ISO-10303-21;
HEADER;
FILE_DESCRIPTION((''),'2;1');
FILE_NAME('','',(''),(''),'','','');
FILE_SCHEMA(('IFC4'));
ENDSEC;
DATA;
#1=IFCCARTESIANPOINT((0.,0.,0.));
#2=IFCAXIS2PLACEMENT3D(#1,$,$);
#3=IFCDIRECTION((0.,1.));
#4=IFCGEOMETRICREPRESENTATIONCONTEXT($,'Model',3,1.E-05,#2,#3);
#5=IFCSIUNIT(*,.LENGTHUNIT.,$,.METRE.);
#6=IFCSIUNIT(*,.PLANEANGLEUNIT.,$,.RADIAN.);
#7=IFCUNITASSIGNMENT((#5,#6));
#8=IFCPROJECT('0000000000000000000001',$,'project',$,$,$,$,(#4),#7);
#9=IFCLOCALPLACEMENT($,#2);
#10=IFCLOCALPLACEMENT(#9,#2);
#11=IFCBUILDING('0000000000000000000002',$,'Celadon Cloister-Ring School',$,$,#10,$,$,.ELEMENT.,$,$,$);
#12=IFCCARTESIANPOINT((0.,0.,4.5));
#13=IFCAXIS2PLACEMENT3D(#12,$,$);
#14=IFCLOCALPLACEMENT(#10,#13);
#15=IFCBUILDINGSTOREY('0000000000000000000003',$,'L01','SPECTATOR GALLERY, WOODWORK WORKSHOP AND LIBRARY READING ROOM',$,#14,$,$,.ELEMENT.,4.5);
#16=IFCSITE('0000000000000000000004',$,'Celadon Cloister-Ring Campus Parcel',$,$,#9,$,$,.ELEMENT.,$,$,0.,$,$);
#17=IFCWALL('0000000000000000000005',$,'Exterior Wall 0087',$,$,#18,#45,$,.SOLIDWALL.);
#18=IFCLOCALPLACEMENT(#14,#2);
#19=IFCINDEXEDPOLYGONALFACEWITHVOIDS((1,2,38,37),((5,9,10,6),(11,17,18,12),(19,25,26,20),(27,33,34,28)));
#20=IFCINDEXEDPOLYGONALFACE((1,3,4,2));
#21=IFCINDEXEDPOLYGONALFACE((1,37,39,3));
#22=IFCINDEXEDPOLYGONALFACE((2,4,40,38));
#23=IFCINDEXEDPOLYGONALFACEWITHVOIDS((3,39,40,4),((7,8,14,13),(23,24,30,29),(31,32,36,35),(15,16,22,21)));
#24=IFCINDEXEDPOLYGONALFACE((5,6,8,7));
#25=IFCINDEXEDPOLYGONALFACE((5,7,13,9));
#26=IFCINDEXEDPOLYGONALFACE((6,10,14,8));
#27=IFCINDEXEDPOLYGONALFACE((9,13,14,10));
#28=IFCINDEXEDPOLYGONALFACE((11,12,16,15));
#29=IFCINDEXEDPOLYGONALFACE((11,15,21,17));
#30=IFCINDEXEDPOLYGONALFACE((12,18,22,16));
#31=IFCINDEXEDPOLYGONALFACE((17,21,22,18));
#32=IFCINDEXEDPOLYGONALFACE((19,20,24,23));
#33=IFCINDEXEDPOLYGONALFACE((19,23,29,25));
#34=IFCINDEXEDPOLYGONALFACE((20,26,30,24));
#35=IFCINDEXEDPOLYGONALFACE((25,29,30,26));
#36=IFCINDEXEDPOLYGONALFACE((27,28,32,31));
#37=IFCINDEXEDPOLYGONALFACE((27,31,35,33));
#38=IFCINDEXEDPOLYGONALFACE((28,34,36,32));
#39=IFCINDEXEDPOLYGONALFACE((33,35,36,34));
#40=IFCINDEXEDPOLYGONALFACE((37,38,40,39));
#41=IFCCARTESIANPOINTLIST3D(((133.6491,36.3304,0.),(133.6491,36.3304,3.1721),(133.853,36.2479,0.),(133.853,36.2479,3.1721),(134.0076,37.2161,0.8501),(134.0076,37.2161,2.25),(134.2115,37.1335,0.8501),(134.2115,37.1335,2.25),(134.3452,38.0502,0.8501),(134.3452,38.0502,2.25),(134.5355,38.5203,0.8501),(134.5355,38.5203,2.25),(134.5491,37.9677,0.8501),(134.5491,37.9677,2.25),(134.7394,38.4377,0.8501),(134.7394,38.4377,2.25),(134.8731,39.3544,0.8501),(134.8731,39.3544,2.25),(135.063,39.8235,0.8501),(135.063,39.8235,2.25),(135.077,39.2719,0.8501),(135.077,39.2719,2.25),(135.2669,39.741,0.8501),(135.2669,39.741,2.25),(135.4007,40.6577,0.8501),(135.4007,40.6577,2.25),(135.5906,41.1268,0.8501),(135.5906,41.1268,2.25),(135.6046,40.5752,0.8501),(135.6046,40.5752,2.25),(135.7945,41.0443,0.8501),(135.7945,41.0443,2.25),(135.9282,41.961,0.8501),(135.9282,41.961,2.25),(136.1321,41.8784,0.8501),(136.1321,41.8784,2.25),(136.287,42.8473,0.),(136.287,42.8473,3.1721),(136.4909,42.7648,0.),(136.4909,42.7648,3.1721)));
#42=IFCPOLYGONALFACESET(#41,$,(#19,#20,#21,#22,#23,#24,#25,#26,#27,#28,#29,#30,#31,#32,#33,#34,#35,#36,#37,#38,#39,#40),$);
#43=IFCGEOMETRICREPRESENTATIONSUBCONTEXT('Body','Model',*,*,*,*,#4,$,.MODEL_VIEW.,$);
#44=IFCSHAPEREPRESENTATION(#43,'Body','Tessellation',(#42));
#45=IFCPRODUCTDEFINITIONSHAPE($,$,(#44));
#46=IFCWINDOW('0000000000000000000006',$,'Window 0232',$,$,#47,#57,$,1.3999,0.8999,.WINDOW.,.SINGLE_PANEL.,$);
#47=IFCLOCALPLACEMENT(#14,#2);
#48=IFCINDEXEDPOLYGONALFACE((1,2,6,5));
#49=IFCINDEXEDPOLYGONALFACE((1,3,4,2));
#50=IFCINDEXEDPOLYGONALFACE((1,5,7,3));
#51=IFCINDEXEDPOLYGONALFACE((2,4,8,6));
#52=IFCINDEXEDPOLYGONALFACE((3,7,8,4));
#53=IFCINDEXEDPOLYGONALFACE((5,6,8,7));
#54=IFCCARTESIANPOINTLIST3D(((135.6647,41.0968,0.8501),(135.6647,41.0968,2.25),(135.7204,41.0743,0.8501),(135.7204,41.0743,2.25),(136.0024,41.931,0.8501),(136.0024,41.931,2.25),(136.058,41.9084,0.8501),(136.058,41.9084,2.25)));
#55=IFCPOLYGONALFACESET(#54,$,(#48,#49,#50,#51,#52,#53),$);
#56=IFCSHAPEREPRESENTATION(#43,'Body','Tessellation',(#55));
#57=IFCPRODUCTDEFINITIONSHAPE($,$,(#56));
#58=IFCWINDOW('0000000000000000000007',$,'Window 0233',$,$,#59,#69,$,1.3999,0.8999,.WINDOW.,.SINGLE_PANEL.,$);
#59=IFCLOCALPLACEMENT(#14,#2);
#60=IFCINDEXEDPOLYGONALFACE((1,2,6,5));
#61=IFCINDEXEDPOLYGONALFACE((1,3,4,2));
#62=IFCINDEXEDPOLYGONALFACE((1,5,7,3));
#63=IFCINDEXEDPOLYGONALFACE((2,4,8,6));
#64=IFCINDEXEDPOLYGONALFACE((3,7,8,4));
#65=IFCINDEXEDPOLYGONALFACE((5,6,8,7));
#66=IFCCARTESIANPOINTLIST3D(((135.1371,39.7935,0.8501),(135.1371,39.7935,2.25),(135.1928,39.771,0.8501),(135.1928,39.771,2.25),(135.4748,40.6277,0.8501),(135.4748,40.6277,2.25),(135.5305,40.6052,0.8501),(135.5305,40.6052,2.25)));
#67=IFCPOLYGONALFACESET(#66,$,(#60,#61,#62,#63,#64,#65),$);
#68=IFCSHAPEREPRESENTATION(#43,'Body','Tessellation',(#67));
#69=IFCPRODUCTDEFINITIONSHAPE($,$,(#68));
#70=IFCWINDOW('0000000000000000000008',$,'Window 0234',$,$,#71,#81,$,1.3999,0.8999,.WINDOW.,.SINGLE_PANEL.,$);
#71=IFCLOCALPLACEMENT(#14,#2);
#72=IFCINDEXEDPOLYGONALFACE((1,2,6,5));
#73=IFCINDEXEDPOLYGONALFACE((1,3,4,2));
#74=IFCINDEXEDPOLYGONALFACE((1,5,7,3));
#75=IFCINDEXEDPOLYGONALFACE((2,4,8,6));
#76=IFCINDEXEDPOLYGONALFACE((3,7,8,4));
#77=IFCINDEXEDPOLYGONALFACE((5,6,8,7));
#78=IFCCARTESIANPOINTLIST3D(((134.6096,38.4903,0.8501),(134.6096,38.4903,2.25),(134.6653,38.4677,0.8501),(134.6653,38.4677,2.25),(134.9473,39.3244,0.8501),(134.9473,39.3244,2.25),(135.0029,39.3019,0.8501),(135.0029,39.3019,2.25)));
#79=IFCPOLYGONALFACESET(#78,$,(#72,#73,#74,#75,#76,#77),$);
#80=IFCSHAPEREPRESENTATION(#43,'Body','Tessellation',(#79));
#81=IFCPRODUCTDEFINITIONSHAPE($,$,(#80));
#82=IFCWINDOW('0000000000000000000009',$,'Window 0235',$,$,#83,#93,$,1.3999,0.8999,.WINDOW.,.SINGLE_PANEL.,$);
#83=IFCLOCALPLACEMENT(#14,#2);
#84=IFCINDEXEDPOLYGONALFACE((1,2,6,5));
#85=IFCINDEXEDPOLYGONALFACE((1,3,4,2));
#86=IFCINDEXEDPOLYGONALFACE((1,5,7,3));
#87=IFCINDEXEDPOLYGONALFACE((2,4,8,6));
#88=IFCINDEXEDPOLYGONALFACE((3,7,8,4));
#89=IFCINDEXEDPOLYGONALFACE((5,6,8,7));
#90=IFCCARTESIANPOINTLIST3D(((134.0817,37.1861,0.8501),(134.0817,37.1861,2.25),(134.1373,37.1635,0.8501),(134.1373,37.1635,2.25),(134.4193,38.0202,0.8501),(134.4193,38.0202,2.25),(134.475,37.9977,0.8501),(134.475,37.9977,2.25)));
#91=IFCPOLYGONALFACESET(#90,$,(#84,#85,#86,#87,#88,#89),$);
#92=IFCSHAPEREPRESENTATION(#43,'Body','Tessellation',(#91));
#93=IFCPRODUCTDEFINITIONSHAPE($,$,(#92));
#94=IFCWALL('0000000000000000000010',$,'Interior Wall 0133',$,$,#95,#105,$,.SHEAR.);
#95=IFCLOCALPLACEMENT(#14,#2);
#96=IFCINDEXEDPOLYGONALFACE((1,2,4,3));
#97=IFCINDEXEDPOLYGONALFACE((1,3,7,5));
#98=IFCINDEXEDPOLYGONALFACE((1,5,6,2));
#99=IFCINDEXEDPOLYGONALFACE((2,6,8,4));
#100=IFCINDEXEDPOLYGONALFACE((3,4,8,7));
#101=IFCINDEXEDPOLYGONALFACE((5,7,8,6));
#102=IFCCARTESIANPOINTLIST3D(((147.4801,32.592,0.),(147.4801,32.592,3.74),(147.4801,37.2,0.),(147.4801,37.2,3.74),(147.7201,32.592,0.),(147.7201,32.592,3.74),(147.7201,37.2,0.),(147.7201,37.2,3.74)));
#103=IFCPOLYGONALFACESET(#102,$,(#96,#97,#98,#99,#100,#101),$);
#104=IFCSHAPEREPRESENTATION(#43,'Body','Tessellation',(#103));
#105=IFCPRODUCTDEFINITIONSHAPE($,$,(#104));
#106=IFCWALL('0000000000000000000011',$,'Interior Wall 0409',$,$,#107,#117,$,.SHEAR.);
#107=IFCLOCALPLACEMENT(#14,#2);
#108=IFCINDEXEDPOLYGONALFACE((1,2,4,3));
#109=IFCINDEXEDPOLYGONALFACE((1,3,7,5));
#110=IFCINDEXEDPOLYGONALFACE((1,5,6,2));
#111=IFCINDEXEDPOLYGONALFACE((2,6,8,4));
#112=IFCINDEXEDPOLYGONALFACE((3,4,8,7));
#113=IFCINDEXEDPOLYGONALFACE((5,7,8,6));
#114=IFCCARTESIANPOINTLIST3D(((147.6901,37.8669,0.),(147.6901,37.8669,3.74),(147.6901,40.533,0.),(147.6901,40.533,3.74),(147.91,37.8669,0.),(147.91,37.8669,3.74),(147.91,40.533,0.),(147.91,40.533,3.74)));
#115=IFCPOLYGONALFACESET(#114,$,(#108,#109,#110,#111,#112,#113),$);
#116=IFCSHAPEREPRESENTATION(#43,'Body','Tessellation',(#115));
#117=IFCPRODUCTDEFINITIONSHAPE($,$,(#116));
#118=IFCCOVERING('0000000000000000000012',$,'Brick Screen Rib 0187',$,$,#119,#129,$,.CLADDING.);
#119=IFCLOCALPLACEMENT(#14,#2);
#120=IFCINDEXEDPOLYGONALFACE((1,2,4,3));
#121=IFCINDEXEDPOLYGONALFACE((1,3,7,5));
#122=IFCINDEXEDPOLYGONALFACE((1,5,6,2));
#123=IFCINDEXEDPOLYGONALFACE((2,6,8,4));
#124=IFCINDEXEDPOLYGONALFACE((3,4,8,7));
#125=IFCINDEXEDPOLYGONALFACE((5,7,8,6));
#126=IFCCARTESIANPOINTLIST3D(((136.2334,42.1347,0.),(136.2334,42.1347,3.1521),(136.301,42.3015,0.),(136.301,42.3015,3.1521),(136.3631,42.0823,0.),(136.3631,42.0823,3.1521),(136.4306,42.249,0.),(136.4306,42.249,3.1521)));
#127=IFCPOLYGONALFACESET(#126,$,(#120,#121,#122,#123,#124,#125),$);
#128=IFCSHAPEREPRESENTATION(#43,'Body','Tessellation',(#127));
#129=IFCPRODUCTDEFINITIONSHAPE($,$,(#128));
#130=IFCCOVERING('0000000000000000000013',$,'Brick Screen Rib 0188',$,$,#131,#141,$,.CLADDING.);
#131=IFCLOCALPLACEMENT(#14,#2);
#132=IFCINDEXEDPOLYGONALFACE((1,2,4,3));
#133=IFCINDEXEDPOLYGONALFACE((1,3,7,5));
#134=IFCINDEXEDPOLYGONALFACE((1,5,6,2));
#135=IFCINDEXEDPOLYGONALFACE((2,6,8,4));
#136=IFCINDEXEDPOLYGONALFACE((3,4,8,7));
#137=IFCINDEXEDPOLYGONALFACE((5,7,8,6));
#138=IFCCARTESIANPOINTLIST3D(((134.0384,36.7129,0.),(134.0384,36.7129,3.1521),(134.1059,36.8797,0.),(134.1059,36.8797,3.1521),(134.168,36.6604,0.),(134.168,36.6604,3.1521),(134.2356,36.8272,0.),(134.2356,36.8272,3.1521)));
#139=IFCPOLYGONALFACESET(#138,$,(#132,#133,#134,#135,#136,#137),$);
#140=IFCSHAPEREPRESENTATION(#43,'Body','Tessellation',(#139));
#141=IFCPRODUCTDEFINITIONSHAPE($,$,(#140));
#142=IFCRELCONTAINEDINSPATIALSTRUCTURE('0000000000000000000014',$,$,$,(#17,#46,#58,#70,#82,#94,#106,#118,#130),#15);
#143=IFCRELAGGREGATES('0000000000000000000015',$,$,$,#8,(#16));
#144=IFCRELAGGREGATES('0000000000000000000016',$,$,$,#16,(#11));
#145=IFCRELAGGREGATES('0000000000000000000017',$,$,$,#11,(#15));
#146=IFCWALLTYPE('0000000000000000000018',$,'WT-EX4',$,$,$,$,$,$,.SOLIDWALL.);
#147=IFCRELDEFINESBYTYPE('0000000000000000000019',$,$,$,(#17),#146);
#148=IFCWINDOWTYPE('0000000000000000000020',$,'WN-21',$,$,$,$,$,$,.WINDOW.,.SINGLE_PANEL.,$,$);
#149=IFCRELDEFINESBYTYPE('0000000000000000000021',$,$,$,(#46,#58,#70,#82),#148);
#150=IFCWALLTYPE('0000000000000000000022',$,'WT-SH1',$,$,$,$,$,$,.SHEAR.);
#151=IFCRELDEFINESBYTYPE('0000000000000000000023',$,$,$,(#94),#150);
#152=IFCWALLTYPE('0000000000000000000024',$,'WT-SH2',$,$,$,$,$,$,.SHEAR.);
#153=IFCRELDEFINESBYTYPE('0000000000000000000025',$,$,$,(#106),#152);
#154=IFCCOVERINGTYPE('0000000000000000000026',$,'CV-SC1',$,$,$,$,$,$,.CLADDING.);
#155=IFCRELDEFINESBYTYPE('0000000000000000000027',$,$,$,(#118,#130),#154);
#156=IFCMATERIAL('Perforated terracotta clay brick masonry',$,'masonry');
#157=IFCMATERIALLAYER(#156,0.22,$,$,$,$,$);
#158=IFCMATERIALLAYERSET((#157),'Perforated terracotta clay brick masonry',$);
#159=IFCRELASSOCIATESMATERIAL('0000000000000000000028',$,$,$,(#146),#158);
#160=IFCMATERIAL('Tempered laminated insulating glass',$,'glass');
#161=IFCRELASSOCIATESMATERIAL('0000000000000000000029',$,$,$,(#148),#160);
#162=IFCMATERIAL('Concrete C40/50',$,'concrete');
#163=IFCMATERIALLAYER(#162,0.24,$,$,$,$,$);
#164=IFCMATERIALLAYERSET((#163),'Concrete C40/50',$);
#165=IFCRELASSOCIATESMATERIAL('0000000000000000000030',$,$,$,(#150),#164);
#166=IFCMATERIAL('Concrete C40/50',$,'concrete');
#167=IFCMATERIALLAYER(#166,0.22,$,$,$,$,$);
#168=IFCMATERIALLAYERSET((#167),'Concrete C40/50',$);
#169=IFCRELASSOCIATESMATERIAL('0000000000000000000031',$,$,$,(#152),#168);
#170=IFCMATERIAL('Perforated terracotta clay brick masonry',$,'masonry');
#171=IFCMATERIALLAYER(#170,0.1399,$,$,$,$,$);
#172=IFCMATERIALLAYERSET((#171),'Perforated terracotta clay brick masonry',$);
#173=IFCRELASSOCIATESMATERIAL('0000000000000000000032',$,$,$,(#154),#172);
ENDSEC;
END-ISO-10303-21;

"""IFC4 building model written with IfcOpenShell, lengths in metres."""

from ifc_helpers import new_model, si_unit, direction, frame, frame_2d, origin, origin_2d, place, context, subcontext, project, spatial, rectangle, extrude, material, layer, layer_set, type_object, element, fill, save


model = new_model("IFC4")

# Units and contexts
model_context = context("Model", 3, precision=1e-05, world=origin(), true_north=direction((0.0, 1.0)))
body_context = subcontext(model_context, "Body", "Model", "MODEL_VIEW")
ifc_project = project(units=[si_unit("LENGTHUNIT", "METRE"), si_unit("PLANEANGLEUNIT", "RADIAN")], contexts=[model_context])

# Site, building, storey
site_placement = place(None, origin())
site = spatial("IfcSite", under=ifc_project, at=site_placement, Name="Celadon Cloister-Ring Campus Parcel", CompositionType="ELEMENT", RefElevation=0.0)
building_placement = place(site_placement, origin())
building = spatial("IfcBuilding", under=site, at=building_placement, Name="Celadon Cloister-Ring School", CompositionType="ELEMENT")
storey_placement = place(building_placement, frame((0.0, 0.0, 4.5)))
storey = spatial("IfcBuildingStorey", under=building, at=storey_placement, Name="L01", Description="SPECTATOR GALLERY, WOODWORK WORKSHOP AND LIBRARY READING ROOM", CompositionType="ELEMENT", Elevation=4.5)

# Wall, openings, windows
ifc_material_1 = material(Name="Perforated terracotta clay brick masonry", Category="masonry")
ifc_layer_1 = layer(ifc_material_1, 0.22)
ifc_layer_set_1 = layer_set([ifc_layer_1], Name="Perforated terracotta clay brick masonry")
wall_type_1 = type_object("IfcWallType", Name="WT-EX4", PredefinedType="SOLIDWALL", material=ifc_layer_set_1)
wall_1_placement = place(storey_placement, frame((136.3889, 42.8059, 0.0), z_axis=(0.0, 0.0, 1.0), x_axis=(-0.375213, -0.926938, 0.0)))
wall_1 = element("IfcWall", 1, at=wall_1_placement, inside=storey, type_object=wall_type_1, Name="Exterior Wall 0087", PredefinedType="SOLIDWALL", context=body_context, shape_type="SweptSolid", body=[
    extrude(rectangle(XDim=7.0305, YDim=0.22, at=frame_2d((3.5151, 0.0))), origin(), (0.0, 0.0, 1.0), 3.1721),
])
opening_1_placement = place(wall_1_placement, frame((0.9561, 0.0, 0.8501)))
opening_1 = element("IfcOpeningElement", 2, at=opening_1_placement, cuts=wall_1, PredefinedType="OPENING", context=body_context, shape_type="SweptSolid", body=[
    extrude(rectangle(XDim=0.8999, YDim=1.3999, at=frame_2d((0.45, 0.7))), frame((0.0, 0.1201, 0.0), z_axis=(0.0, -1.0, 0.0), x_axis=(1.0, 0.0, 0.0)), (0.0, 0.0, 1.0), 0.24),
])
opening_2_placement = place(wall_1_placement, frame((2.3621, 0.0, 0.8501)))
opening_2 = element("IfcOpeningElement", 3, at=opening_2_placement, cuts=wall_1, PredefinedType="OPENING", context=body_context, shape_type="SweptSolid", body=[
    extrude(rectangle(XDim=0.8999, YDim=1.3999, at=frame_2d((0.45, 0.7))), frame((0.0, 0.1201, 0.0), z_axis=(0.0, -1.0, 0.0), x_axis=(1.0, 0.0, 0.0)), (0.0, 0.0, 1.0), 0.24),
])
opening_3_placement = place(wall_1_placement, frame((3.7681, 0.0, 0.8501)))
opening_3 = element("IfcOpeningElement", 4, at=opening_3_placement, cuts=wall_1, PredefinedType="OPENING", context=body_context, shape_type="SweptSolid", body=[
    extrude(rectangle(XDim=0.8999, YDim=1.3999, at=frame_2d((0.45, 0.7))), frame((0.0, 0.1201, 0.0), z_axis=(0.0, -1.0, 0.0), x_axis=(1.0, 0.0, 0.0)), (0.0, 0.0, 1.0), 0.24),
])
opening_4_placement = place(wall_1_placement, frame((5.175, 0.0, 0.8501)))
opening_4 = element("IfcOpeningElement", 5, at=opening_4_placement, cuts=wall_1, PredefinedType="OPENING", context=body_context, shape_type="SweptSolid", body=[
    extrude(rectangle(XDim=0.8999, YDim=1.3999, at=frame_2d((0.45, 0.7))), frame((0.0, 0.1201, 0.0), z_axis=(0.0, -1.0, 0.0), x_axis=(1.0, 0.0, 0.0)), (0.0, 0.0, 1.0), 0.24),
])
ifc_material_2 = material(Name="Tempered laminated insulating glass", Category="glass")
window_type_1 = type_object("IfcWindowType", Name="WN-21", PartitioningType="SINGLE_PANEL", PredefinedType="WINDOW", material=ifc_material_2)
window_1_placement = place(opening_1_placement, origin())
window_1 = element("IfcWindow", 6, at=window_1_placement, inside=storey, type_object=window_type_1, Name="Window 0232", OverallHeight=1.3999, OverallWidth=0.8999, PartitioningType="SINGLE_PANEL", PredefinedType="WINDOW", context=body_context, shape_type="SweptSolid", body=[
    extrude(rectangle(XDim=0.8999, YDim=1.3999, at=frame_2d((0.45, 0.7))), frame((0.0, 0.03, 0.0), z_axis=(0.0, -1.0, 0.0), x_axis=(1.0, 0.0, 0.0)), (0.0, 0.0, 1.0), 0.0601),
])
fill(opening_1, window_1)
window_2_placement = place(opening_2_placement, origin())
window_2 = element("IfcWindow", 7, at=window_2_placement, inside=storey, type_object=window_type_1, Name="Window 0233", OverallHeight=1.3999, OverallWidth=0.8999, PartitioningType="SINGLE_PANEL", PredefinedType="WINDOW", context=body_context, shape_type="SweptSolid", body=[
    extrude(rectangle(XDim=0.8999, YDim=1.3999, at=frame_2d((0.45, 0.7))), frame((0.0, 0.03, 0.0), z_axis=(0.0, -1.0, 0.0), x_axis=(1.0, 0.0, 0.0)), (0.0, 0.0, 1.0), 0.0601),
])
fill(opening_2, window_2)
window_3_placement = place(opening_3_placement, origin())
window_3 = element("IfcWindow", 8, at=window_3_placement, inside=storey, type_object=window_type_1, Name="Window 0234", OverallHeight=1.3999, OverallWidth=0.8999, PartitioningType="SINGLE_PANEL", PredefinedType="WINDOW", context=body_context, shape_type="SweptSolid", body=[
    extrude(rectangle(XDim=0.8999, YDim=1.3999, at=frame_2d((0.45, 0.7))), frame((0.0, 0.03, 0.0), z_axis=(0.0, -1.0, 0.0), x_axis=(1.0, 0.0, 0.0)), (0.0, 0.0, 1.0), 0.0601),
])
fill(opening_3, window_3)
window_4_placement = place(opening_4_placement, origin())
window_4 = element("IfcWindow", 9, at=window_4_placement, inside=storey, type_object=window_type_1, Name="Window 0235", OverallHeight=1.3999, OverallWidth=0.8999, PartitioningType="SINGLE_PANEL", PredefinedType="WINDOW", context=body_context, shape_type="SweptSolid", body=[
    extrude(rectangle(XDim=0.8999, YDim=1.3999, at=frame_2d((0.45, 0.7))), frame((0.0, 0.03, 0.0), z_axis=(0.0, -1.0, 0.0), x_axis=(1.0, 0.0, 0.0)), (0.0, 0.0, 1.0), 0.0601),
])
fill(opening_4, window_4)

# Walls
ifc_material_3 = material(Name="Concrete C40/50", Category="concrete")
ifc_layer_2 = layer(ifc_material_3, 0.24)
ifc_layer_set_2 = layer_set([ifc_layer_2], Name="Concrete C40/50")
wall_type_2 = type_object("IfcWallType", Name="WT-SH1", PredefinedType="SHEAR", material=ifc_layer_set_2)
wall_2_placement = place(storey_placement, frame((147.6001, 32.592, 0.0), z_axis=(0.0, 0.0, 1.0), x_axis=(0.0, 1.0, 0.0)))
element("IfcWall", 10, at=wall_2_placement, inside=storey, type_object=wall_type_2, Name="Interior Wall 0133", PredefinedType="SHEAR", context=body_context, shape_type="SweptSolid", body=[
    extrude(rectangle(XDim=4.6079, YDim=0.24, at=frame_2d((2.304, 0.0))), origin(), (0.0, 0.0, 1.0), 3.74),
])
ifc_material_4 = material(Name="Concrete C40/50", Category="concrete")
ifc_layer_3 = layer(ifc_material_4, 0.22)
ifc_layer_set_3 = layer_set([ifc_layer_3], Name="Concrete C40/50")
wall_type_3 = type_object("IfcWallType", Name="WT-SH2", PredefinedType="SHEAR", material=ifc_layer_set_3)
wall_3_placement = place(storey_placement, frame((147.8, 40.533, 0.0), z_axis=(0.0, 0.0, 1.0), x_axis=(0.0, -1.0, 0.0)))
element("IfcWall", 11, at=wall_3_placement, inside=storey, type_object=wall_type_3, Name="Interior Wall 0409", PredefinedType="SHEAR", context=body_context, shape_type="SweptSolid", body=[
    extrude(rectangle(XDim=2.666, YDim=0.22, at=frame_2d((1.333, 0.0))), origin(), (0.0, 0.0, 1.0), 3.74),
])

# Coverings
ifc_material_5 = material(Name="Perforated terracotta clay brick masonry", Category="masonry")
ifc_layer_4 = layer(ifc_material_5, 0.1399)
ifc_layer_set_4 = layer_set([ifc_layer_4], Name="Perforated terracotta clay brick masonry")
covering_type = type_object("IfcCoveringType", Name="CV-SC1", PredefinedType="CLADDING", material=ifc_layer_set_4)
for number, where, z_axis, x_axis, name in (
    (12, (136.332, 42.1919, 0.0), (0.0, 0.0, 1.0), (-0.375205, -0.926942, 0.0), "Brick Screen Rib 0187"),
    (13, (134.137, 36.77, 0.0), (0.0, 0.0, 1.0), (-0.375205, -0.926942, 0.0), "Brick Screen Rib 0188"),
):
    element("IfcCovering", number, at=place(storey_placement, frame(where, z_axis=z_axis, x_axis=x_axis)), inside=storey, type_object=covering_type, Name=name, PredefinedType="CLADDING", context=body_context, shape_type="SweptSolid", body=[
        extrude(rectangle(XDim=0.1799, YDim=0.1399, at=origin_2d()), origin(), (0.0, 0.0, 1.0), 3.1521),
    ])

save(model, "model.ifc")
